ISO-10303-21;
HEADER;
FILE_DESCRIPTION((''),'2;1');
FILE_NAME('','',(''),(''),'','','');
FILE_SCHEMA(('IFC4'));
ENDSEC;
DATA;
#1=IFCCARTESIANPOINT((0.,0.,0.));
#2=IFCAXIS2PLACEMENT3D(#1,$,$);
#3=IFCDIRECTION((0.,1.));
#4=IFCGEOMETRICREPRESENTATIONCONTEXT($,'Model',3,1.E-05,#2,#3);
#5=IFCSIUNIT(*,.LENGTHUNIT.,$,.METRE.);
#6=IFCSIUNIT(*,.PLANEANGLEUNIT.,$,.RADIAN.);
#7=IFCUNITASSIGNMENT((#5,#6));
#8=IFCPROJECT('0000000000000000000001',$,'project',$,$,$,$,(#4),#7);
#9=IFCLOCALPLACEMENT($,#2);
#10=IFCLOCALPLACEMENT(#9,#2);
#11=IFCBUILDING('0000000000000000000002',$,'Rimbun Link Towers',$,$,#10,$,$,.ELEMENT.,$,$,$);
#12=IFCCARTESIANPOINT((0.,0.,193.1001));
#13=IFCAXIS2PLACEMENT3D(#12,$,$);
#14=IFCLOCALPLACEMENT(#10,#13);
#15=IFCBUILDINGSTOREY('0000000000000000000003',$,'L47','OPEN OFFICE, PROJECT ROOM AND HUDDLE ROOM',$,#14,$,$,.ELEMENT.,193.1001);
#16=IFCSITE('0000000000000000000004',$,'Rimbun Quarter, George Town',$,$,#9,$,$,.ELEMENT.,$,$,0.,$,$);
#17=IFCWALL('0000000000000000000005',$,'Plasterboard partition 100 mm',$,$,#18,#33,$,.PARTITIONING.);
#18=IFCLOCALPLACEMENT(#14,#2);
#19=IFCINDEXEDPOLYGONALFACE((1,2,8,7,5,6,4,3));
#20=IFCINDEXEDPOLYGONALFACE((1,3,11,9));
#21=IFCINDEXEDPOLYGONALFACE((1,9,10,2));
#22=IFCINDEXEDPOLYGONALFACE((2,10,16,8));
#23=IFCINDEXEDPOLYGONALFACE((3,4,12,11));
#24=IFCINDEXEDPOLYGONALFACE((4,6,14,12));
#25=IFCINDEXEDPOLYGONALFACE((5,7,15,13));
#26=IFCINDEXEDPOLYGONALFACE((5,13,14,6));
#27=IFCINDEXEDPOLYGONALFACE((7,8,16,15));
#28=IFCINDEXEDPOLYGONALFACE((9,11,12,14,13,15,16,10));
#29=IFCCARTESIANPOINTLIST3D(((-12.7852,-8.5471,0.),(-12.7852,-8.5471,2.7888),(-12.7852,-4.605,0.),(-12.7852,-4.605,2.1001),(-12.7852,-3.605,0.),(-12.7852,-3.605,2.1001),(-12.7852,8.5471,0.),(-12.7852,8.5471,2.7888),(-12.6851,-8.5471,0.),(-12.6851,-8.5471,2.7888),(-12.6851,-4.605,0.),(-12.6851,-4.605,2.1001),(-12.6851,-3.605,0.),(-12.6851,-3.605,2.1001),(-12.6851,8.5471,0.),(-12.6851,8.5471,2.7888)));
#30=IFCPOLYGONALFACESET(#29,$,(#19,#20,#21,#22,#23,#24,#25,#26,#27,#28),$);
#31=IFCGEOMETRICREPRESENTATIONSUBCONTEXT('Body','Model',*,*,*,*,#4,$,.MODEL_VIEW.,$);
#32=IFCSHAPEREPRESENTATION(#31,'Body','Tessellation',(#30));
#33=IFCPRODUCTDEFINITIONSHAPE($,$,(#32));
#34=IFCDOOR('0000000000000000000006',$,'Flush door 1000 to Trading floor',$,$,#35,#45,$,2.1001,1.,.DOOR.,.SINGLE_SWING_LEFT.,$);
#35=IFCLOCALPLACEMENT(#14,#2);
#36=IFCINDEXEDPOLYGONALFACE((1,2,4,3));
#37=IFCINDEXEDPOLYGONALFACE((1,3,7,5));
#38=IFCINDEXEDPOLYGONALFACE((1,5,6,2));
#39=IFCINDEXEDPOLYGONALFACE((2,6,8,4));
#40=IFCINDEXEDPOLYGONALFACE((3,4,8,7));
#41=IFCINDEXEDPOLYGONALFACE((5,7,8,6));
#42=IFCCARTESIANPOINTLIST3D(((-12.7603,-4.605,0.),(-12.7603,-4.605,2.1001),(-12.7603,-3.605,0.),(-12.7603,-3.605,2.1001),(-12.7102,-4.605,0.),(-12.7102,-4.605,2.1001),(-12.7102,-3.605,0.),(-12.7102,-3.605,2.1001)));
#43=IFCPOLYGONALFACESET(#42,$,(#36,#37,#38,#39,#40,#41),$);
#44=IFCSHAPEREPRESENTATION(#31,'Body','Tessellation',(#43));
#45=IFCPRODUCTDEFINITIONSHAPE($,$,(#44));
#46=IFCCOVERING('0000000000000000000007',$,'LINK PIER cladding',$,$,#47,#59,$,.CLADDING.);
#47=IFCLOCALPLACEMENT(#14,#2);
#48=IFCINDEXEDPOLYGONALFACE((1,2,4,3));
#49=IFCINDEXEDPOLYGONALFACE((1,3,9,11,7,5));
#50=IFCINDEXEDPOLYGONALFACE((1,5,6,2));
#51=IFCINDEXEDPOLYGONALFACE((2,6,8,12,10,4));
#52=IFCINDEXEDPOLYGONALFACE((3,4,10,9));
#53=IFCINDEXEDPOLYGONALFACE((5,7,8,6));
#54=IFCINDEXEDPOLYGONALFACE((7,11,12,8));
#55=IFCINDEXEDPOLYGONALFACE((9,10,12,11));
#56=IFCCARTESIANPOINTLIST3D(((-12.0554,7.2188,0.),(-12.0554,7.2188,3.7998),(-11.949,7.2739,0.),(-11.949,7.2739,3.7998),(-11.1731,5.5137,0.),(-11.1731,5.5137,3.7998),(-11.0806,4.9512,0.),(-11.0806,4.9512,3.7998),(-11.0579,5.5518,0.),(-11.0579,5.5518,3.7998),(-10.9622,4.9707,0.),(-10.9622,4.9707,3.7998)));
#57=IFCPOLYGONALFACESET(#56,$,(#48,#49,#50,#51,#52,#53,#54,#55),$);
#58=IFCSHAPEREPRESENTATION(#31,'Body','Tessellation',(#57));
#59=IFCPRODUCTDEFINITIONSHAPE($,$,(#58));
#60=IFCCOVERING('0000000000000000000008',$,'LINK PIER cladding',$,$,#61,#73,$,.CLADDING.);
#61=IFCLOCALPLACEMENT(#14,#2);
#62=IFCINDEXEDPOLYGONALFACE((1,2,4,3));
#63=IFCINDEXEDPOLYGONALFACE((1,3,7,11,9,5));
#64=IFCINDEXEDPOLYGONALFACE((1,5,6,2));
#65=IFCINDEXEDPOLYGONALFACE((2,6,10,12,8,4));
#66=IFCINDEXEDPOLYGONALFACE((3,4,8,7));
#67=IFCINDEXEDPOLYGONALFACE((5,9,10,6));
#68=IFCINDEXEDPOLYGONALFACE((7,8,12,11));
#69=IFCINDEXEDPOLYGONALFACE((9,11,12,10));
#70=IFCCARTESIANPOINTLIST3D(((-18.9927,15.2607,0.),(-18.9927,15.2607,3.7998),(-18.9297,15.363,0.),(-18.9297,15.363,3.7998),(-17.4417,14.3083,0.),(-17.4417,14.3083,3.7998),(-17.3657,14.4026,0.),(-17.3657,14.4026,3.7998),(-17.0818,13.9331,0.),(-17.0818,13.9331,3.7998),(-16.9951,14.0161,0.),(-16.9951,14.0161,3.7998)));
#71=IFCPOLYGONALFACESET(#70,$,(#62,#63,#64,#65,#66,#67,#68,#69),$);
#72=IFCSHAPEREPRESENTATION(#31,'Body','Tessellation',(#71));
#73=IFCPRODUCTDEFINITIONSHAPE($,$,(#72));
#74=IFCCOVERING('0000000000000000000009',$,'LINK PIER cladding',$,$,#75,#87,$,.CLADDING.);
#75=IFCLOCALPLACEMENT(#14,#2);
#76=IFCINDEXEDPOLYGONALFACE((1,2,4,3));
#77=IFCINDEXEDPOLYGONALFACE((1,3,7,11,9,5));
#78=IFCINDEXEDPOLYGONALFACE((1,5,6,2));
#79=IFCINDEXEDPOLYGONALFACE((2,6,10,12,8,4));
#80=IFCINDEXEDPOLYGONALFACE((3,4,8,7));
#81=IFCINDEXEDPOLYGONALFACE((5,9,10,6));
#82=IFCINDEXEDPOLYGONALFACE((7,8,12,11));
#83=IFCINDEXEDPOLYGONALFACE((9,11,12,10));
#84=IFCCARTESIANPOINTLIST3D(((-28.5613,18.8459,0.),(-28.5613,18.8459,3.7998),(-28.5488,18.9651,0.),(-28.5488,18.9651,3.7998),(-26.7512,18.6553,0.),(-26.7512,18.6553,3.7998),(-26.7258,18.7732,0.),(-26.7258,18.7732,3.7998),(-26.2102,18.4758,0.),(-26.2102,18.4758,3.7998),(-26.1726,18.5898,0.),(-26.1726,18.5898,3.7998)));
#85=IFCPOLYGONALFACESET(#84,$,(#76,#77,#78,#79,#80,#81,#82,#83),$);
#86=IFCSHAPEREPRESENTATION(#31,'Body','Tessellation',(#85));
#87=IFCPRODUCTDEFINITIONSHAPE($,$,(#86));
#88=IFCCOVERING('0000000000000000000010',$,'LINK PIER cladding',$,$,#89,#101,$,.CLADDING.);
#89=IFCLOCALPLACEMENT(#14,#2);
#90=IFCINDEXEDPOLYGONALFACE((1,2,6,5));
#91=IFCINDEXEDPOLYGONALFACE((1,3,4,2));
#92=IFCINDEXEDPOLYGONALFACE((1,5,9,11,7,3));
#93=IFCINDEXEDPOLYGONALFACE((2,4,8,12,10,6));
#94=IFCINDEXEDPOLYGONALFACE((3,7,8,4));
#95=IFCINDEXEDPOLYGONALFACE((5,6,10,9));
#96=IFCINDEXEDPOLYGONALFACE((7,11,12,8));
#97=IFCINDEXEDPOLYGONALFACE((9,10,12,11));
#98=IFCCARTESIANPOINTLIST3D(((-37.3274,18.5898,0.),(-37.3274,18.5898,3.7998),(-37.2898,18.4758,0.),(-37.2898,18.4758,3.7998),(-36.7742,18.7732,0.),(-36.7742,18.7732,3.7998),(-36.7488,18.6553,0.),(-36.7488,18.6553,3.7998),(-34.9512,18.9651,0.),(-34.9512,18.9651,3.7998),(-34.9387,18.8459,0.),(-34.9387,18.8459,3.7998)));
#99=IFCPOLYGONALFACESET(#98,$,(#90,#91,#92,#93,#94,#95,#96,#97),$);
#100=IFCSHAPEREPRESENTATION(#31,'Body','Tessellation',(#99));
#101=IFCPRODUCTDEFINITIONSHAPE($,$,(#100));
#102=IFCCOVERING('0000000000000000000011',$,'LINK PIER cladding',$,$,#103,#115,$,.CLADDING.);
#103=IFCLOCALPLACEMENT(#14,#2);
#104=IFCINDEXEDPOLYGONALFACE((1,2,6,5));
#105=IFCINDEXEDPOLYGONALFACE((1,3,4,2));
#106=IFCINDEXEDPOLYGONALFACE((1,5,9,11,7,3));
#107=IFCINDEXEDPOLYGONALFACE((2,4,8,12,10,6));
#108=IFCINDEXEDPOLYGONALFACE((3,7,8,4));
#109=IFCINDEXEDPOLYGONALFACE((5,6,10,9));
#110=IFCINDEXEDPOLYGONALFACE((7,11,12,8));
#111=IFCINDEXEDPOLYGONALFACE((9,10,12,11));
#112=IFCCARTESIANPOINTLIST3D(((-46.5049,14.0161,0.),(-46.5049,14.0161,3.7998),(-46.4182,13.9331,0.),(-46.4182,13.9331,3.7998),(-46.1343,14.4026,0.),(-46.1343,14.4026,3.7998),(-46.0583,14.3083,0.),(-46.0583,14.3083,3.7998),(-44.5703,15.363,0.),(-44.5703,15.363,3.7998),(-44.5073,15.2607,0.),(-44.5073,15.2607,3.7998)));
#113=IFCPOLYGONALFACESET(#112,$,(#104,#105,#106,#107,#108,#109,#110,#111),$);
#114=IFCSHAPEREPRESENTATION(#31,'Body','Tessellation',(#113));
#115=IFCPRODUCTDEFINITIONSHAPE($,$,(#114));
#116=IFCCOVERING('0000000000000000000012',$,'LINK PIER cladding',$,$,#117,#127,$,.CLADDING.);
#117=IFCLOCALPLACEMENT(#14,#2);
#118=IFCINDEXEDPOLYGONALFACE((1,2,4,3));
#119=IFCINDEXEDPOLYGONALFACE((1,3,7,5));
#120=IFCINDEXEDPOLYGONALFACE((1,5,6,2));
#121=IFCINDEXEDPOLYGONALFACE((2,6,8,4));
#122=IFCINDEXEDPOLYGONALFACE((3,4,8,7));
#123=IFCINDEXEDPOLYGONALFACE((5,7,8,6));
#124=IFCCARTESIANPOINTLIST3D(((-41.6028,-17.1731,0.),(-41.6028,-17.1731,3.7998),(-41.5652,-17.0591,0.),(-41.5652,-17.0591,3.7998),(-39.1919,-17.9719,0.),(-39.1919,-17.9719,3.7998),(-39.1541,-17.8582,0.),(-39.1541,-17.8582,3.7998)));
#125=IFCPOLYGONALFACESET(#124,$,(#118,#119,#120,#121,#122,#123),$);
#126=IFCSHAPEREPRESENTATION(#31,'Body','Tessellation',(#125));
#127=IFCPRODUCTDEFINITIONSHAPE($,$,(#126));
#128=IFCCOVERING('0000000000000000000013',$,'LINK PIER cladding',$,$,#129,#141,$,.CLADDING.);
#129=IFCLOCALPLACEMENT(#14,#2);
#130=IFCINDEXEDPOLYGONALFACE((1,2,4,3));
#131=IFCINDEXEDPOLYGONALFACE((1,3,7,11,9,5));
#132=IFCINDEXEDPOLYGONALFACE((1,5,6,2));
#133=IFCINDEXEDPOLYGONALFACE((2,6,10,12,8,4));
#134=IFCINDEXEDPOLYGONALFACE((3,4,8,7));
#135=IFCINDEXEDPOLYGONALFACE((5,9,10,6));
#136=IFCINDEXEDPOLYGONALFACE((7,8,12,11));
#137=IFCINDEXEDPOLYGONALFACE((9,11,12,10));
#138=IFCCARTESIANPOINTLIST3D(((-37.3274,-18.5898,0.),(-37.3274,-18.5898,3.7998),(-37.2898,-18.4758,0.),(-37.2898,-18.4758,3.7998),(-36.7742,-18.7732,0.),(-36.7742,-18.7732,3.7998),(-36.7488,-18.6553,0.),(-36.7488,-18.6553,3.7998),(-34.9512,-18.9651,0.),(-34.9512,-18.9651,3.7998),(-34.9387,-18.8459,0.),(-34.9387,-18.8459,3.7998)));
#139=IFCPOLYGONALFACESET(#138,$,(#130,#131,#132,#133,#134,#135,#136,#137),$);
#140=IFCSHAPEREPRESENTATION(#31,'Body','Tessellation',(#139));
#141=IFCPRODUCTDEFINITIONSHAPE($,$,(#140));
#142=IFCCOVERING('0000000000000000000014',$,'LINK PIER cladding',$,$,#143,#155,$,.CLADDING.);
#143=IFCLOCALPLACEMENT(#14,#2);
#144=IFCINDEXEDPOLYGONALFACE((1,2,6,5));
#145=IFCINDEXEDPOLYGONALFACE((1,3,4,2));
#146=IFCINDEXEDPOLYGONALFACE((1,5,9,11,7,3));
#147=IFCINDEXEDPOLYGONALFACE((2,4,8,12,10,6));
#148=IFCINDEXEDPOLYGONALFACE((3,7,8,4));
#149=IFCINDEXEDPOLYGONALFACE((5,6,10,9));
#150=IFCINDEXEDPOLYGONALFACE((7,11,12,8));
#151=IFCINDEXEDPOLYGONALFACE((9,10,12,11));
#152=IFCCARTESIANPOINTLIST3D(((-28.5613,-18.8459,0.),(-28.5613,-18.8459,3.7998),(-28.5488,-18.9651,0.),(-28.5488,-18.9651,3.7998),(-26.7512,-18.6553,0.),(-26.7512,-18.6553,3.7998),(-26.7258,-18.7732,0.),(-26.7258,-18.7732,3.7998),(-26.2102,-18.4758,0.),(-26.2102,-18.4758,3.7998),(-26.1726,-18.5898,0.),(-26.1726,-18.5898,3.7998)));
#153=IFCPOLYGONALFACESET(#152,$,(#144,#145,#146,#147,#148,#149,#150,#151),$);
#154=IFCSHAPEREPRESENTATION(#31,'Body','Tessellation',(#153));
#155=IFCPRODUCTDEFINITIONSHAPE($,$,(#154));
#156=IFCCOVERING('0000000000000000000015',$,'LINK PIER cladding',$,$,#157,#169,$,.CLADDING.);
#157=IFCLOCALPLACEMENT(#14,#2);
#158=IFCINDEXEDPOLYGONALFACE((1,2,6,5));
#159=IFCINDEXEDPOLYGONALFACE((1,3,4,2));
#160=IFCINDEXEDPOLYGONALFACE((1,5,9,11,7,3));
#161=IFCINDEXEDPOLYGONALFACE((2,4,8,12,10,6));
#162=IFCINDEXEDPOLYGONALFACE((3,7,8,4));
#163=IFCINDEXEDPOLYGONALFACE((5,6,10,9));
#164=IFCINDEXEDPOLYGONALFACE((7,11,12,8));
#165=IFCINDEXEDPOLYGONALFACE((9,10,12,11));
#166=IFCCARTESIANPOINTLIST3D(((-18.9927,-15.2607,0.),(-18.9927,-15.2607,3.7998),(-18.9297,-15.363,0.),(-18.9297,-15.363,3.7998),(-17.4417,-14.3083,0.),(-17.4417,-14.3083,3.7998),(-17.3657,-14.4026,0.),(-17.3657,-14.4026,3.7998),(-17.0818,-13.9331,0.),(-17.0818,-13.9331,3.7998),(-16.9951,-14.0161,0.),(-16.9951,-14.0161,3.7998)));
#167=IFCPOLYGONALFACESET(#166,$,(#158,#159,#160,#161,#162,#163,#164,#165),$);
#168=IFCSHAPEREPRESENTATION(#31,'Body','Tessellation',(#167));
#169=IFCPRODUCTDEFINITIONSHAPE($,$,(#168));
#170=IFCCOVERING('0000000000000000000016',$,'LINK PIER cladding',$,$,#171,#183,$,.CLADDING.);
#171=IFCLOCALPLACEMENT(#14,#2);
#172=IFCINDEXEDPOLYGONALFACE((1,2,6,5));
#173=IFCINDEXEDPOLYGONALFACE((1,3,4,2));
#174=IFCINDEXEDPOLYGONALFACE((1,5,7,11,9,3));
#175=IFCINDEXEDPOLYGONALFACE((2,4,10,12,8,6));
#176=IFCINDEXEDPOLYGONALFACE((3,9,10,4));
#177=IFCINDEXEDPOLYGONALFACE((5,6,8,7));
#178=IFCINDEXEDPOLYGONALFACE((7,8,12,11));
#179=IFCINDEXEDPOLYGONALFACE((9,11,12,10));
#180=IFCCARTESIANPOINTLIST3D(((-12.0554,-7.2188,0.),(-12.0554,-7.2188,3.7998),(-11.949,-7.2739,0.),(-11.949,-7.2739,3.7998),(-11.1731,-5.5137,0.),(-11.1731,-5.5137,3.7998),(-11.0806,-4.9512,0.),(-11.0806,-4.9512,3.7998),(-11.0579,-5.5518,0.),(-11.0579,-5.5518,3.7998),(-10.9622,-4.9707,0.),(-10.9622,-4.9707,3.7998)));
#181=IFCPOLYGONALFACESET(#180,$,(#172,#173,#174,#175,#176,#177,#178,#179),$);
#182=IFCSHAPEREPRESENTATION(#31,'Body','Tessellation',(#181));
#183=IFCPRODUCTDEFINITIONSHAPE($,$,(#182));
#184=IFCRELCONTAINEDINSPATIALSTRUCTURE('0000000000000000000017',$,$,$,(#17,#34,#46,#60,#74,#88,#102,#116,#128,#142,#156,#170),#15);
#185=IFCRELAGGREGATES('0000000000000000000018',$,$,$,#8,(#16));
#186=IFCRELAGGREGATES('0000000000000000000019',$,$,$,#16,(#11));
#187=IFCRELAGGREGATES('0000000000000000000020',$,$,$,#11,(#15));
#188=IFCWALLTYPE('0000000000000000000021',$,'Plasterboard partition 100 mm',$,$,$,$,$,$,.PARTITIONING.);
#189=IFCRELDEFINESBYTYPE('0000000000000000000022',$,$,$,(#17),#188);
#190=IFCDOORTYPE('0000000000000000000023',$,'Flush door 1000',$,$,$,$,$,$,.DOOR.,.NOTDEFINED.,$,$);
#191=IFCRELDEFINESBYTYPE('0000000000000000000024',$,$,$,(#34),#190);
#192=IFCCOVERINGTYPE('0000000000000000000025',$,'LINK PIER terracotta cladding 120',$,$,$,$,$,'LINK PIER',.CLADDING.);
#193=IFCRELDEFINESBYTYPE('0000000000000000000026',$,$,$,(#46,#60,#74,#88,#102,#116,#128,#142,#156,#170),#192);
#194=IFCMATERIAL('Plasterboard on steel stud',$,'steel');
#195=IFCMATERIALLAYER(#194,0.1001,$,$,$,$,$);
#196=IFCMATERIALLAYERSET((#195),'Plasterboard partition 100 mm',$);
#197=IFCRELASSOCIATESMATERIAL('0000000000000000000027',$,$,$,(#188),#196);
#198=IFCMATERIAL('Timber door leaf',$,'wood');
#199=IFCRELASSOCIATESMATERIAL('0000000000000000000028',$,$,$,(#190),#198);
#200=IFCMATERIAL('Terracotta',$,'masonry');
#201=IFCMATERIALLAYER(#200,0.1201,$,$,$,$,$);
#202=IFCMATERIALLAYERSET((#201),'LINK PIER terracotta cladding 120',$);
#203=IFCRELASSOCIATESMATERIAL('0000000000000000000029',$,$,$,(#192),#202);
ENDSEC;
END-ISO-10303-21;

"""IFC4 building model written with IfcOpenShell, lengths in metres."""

from ifc_helpers import new_model, si_unit, direction, frame, frame_2d, origin, place, context, subcontext, project, spatial, polyline, rectangle, outline, extrude, material, layer, layer_set, type_object, element, fill, save


model = new_model("IFC4")

# Units and contexts
model_context = context("Model", 3, precision=1e-05, world=origin(), true_north=direction((0.0, 1.0)))
body_context = subcontext(model_context, "Body", "Model", "MODEL_VIEW")
ifc_project = project(units=[si_unit("LENGTHUNIT", "METRE"), si_unit("PLANEANGLEUNIT", "RADIAN")], contexts=[model_context])

# Site, building, storey
site_placement = place(None, origin())
site = spatial("IfcSite", under=ifc_project, at=site_placement, Name="Rimbun Quarter, George Town", CompositionType="ELEMENT", RefElevation=0.0)
building_placement = place(site_placement, origin())
building = spatial("IfcBuilding", under=site, at=building_placement, Name="Rimbun Link Towers", CompositionType="ELEMENT")
storey_placement = place(building_placement, frame((0.0, 0.0, 193.1001)))
storey = spatial("IfcBuildingStorey", under=building, at=storey_placement, Name="L47", Description="OPEN OFFICE, PROJECT ROOM AND HUDDLE ROOM", CompositionType="ELEMENT", Elevation=193.1001)

# Wall, opening, door
ifc_material_1 = material(Name="Plasterboard on steel stud", Category="steel")
ifc_layer_1 = layer(ifc_material_1, 0.1001)
ifc_layer_set_1 = layer_set([ifc_layer_1], Name="Plasterboard partition 100 mm")
wall_type = type_object("IfcWallType", Name="Plasterboard partition 100 mm", PredefinedType="PARTITIONING", material=ifc_layer_set_1)
wall_placement = place(storey_placement, frame((-12.7351, 8.5471, 0.0), z_axis=(0.0, 0.0, 1.0), x_axis=(0.0, -1.0, 0.0)))
wall = element("IfcWall", 1, at=wall_placement, inside=storey, type_object=wall_type, Name="Plasterboard partition 100 mm", PredefinedType="PARTITIONING", context=body_context, shape_type="SweptSolid", body=[
    extrude(rectangle(XDim=17.0942, YDim=0.1001, at=frame_2d((8.5471, 0.0))), origin(), (0.0, 0.0, 1.0), 2.7888),
])
opening_placement = place(wall_placement, frame((12.1521, 0.0, 0.0)))
opening = element("IfcOpeningElement", 2, at=opening_placement, cuts=wall, PredefinedType="OPENING", context=body_context, shape_type="SweptSolid", body=[
    extrude(rectangle(XDim=1.0, YDim=2.1001, at=frame_2d((0.5, 1.05))), frame((0.0, 0.0601, 0.0), z_axis=(0.0, -1.0, 0.0), x_axis=(1.0, 0.0, 0.0)), (0.0, 0.0, 1.0), 0.1201),
])
ifc_material_2 = material(Name="Timber door leaf", Category="wood")
door_type = type_object("IfcDoorType", Name="Flush door 1000", OperationType="NOTDEFINED", PredefinedType="DOOR", material=ifc_material_2)
door_placement = place(opening_placement, origin())
door = element("IfcDoor", 3, at=door_placement, inside=storey, type_object=door_type, Name="Flush door 1000 to Trading floor", OperationType="SINGLE_SWING_LEFT", OverallHeight=2.1001, OverallWidth=1.0, PredefinedType="DOOR", context=body_context, shape_type="SweptSolid", body=[
    extrude(rectangle(XDim=1.0, YDim=2.1001, at=frame_2d((0.5, 1.05))), frame((0.0, 0.0249, 0.0), z_axis=(0.0, -1.0, 0.0), x_axis=(1.0, 0.0, 0.0)), (0.0, 0.0, 1.0), 0.05),
])
fill(opening, door)

# Coverings
ifc_material_3 = material(Name="Terracotta", Category="masonry")
ifc_layer_2 = layer(ifc_material_3, 0.1201)
ifc_layer_set_2 = layer_set([ifc_layer_2], Name="LINK PIER terracotta cladding 120")
covering_type_1 = type_object("IfcCoveringType", Name="LINK PIER terracotta cladding 120", ElementType="LINK PIER", PredefinedType="CLADDING", material=ifc_layer_set_2)
covering_1_placement = place(storey_placement, origin())
element("IfcCovering", 4, at=covering_1_placement, inside=storey, type_object=covering_type_1, Name="LINK PIER cladding", PredefinedType="CLADDING", context=body_context, shape_type="SweptSolid", body=[
    extrude(outline(polyline([(-12.0554, 7.2188), (-11.1731, 5.5137), (-11.0806, 4.9512), (-10.9622, 4.9707), (-11.0579, 5.5518), (-11.949, 7.2739), (-12.0554, 7.2188)])), origin(), (0.0, 0.0, 1.0), 3.7998),
])
covering_2_placement = place(storey_placement, origin())
element("IfcCovering", 5, at=covering_2_placement, inside=storey, type_object=covering_type_1, Name="LINK PIER cladding", PredefinedType="CLADDING", context=body_context, shape_type="SweptSolid", body=[
    extrude(outline(polyline([(-18.9927, 15.2607), (-17.4417, 14.3083), (-17.0818, 13.9331), (-16.9951, 14.0161), (-17.3657, 14.4026), (-18.9297, 15.363), (-18.9927, 15.2607)])), origin(), (0.0, 0.0, 1.0), 3.7998),
])
covering_3_placement = place(storey_placement, origin())
element("IfcCovering", 6, at=covering_3_placement, inside=storey, type_object=covering_type_1, Name="LINK PIER cladding", PredefinedType="CLADDING", context=body_context, shape_type="SweptSolid", body=[
    extrude(outline(polyline([(-28.5613, 18.8459), (-26.7512, 18.6553), (-26.2102, 18.4758), (-26.1726, 18.5898), (-26.7258, 18.7732), (-28.5488, 18.9651), (-28.5613, 18.8459)])), origin(), (0.0, 0.0, 1.0), 3.7998),
])
covering_4_placement = place(storey_placement, origin())
element("IfcCovering", 7, at=covering_4_placement, inside=storey, type_object=covering_type_1, Name="LINK PIER cladding", PredefinedType="CLADDING", context=body_context, shape_type="SweptSolid", body=[
    extrude(outline(polyline([(-37.2898, 18.4758), (-36.7488, 18.6553), (-34.9387, 18.8459), (-34.9512, 18.9651), (-36.7742, 18.7732), (-37.3274, 18.5898), (-37.2898, 18.4758)])), origin(), (0.0, 0.0, 1.0), 3.7998),
])
covering_5_placement = place(storey_placement, origin())
element("IfcCovering", 8, at=covering_5_placement, inside=storey, type_object=covering_type_1, Name="LINK PIER cladding", PredefinedType="CLADDING", context=body_context, shape_type="SweptSolid", body=[
    extrude(outline(polyline([(-46.4182, 13.9331), (-46.0583, 14.3083), (-44.5073, 15.2607), (-44.5703, 15.363), (-46.1343, 14.4026), (-46.5049, 14.0161), (-46.4182, 13.9331)])), origin(), (0.0, 0.0, 1.0), 3.7998),
])
covering_6_placement = place(storey_placement, origin())
element("IfcCovering", 9, at=covering_6_placement, inside=storey, type_object=covering_type_1, Name="LINK PIER cladding", PredefinedType="CLADDING", context=body_context, shape_type="SweptSolid", body=[
    extrude(outline(polyline([(-39.1541, -17.8582), (-41.5652, -17.0591), (-41.6028, -17.1731), (-39.1919, -17.9719), (-39.1541, -17.8582)])), origin(), (0.0, 0.0, 1.0), 3.7998),
])
covering_7_placement = place(storey_placement, origin())
element("IfcCovering", 10, at=covering_7_placement, inside=storey, type_object=covering_type_1, Name="LINK PIER cladding", PredefinedType="CLADDING", context=body_context, shape_type="SweptSolid", body=[
    extrude(outline(polyline([(-34.9387, -18.8459), (-36.7488, -18.6553), (-37.2898, -18.4758), (-37.3274, -18.5898), (-36.7742, -18.7732), (-34.9512, -18.9651), (-34.9387, -18.8459)])), origin(), (0.0, 0.0, 1.0), 3.7998),
])
covering_8_placement = place(storey_placement, origin())
element("IfcCovering", 11, at=covering_8_placement, inside=storey, type_object=covering_type_1, Name="LINK PIER cladding", PredefinedType="CLADDING", context=body_context, shape_type="SweptSolid", body=[
    extrude(outline(polyline([(-26.2102, -18.4758), (-26.7512, -18.6553), (-28.5613, -18.8459), (-28.5488, -18.9651), (-26.7258, -18.7732), (-26.1726, -18.5898), (-26.2102, -18.4758)])), origin(), (0.0, 0.0, 1.0), 3.7998),
])
covering_9_placement = place(storey_placement, origin())
element("IfcCovering", 12, at=covering_9_placement, inside=storey, type_object=covering_type_1, Name="LINK PIER cladding", PredefinedType="CLADDING", context=body_context, shape_type="SweptSolid", body=[
    extrude(outline(polyline([(-17.0818, -13.9331), (-17.4417, -14.3083), (-18.9927, -15.2607), (-18.9297, -15.363), (-17.3657, -14.4026), (-16.9951, -14.0161), (-17.0818, -13.9331)])), origin(), (0.0, 0.0, 1.0), 3.7998),
])
covering_10_placement = place(storey_placement, origin())
element("IfcCovering", 13, at=covering_10_placement, inside=storey, type_object=covering_type_1, Name="LINK PIER cladding", PredefinedType="CLADDING", context=body_context, shape_type="SweptSolid", body=[
    extrude(outline(polyline([(-11.0806, -4.9512), (-11.1731, -5.5137), (-12.0554, -7.2188), (-11.949, -7.2739), (-11.0579, -5.5518), (-10.9622, -4.9707), (-11.0806, -4.9512)])), origin(), (0.0, 0.0, 1.0), 3.7998),
])

save(model, "model.ifc")
